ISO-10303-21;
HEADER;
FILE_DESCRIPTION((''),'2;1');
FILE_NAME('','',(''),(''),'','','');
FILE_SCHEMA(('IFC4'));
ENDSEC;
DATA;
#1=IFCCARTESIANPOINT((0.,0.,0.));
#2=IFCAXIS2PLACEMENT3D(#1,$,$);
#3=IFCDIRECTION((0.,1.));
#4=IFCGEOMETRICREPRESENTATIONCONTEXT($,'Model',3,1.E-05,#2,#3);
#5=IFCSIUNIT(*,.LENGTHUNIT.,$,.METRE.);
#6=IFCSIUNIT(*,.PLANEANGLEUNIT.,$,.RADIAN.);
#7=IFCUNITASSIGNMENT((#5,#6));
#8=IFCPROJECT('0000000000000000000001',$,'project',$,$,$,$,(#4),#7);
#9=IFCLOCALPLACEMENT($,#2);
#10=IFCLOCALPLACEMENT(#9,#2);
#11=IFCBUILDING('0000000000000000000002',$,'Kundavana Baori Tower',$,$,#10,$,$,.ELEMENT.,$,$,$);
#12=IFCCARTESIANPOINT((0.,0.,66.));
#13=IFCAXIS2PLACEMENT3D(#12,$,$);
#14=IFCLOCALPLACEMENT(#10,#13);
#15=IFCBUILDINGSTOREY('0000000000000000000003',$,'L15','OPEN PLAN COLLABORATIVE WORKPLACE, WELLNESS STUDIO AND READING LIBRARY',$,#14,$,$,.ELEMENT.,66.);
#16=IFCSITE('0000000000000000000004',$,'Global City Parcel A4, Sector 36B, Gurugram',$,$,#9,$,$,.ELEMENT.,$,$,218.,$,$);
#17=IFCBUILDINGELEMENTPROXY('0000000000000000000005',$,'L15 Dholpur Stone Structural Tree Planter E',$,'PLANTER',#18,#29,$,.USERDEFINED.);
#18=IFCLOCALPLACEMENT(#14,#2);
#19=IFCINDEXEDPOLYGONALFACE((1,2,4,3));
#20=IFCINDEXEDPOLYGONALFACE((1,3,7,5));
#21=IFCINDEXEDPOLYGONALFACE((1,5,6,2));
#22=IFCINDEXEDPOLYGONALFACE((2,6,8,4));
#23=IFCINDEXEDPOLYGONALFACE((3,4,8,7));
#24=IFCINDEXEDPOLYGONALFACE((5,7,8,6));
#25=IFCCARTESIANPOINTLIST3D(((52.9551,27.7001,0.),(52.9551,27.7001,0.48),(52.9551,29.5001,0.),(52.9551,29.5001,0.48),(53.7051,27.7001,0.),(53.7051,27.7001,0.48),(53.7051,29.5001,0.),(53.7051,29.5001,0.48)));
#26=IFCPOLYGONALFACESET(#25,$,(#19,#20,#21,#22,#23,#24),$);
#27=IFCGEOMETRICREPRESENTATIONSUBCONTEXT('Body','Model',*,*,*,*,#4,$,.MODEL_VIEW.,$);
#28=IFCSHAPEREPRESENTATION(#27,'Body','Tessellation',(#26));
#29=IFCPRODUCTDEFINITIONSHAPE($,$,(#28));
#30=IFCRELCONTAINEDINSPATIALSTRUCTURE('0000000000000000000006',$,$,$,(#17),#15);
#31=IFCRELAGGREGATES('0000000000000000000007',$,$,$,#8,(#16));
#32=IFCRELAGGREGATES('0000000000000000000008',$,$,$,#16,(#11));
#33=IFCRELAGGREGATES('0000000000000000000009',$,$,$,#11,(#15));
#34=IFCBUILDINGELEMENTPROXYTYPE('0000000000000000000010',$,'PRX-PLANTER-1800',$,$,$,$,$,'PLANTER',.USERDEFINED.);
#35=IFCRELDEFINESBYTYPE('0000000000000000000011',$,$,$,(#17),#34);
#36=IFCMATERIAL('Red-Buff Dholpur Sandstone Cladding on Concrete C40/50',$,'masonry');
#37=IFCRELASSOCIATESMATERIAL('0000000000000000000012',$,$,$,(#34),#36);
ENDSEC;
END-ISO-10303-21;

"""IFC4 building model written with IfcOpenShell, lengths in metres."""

from ifc_helpers import new_model, si_unit, direction, frame, origin, origin_2d, place, context, subcontext, project, spatial, rectangle, extrude, material, type_object, element, save


model = new_model("IFC4")

# Units and contexts
model_context = context("Model", 3, precision=1e-05, world=origin(), true_north=direction((0.0, 1.0)))
body_context = subcontext(model_context, "Body", "Model", "MODEL_VIEW")
ifc_project = project(units=[si_unit("LENGTHUNIT", "METRE"), si_unit("PLANEANGLEUNIT", "RADIAN")], contexts=[model_context])

# Site, building, storey
site_placement = place(None, origin())
site = spatial("IfcSite", under=ifc_project, at=site_placement, Name="Global City Parcel A4, Sector 36B, Gurugram", CompositionType="ELEMENT", RefElevation=218.0)
building_placement = place(site_placement, origin())
building = spatial("IfcBuilding", under=site, at=building_placement, Name="Kundavana Baori Tower", CompositionType="ELEMENT")
storey_placement = place(building_placement, frame((0.0, 0.0, 66.0)))
storey = spatial("IfcBuildingStorey", under=building, at=storey_placement, Name="L15", Description="OPEN PLAN COLLABORATIVE WORKPLACE, WELLNESS STUDIO AND READING LIBRARY", CompositionType="ELEMENT", Elevation=66.0)

# Building element proxy
ifc_material_1 = material(Name="Red-Buff Dholpur Sandstone Cladding on Concrete C40/50", Category="masonry")
building_element_proxy_type = type_object("IfcBuildingElementProxyType", Name="PRX-PLANTER-1800", ElementType="PLANTER", PredefinedType="USERDEFINED", material=ifc_material_1)
proxy_placement = place(storey_placement, frame((53.3301, 28.6001, 0.0), z_axis=(0.0, 0.0, 1.0), x_axis=(0.0, 1.0, 0.0)))
element("IfcBuildingElementProxy", 1, at=proxy_placement, inside=storey, type_object=building_element_proxy_type, Name="L15 Dholpur Stone Structural Tree Planter E", ObjectType="PLANTER", PredefinedType="USERDEFINED", context=body_context, shape_type="SweptSolid", body=[
    extrude(rectangle(XDim=1.8, YDim=0.75, at=origin_2d()), origin(), (0.0, 0.0, 1.0), 0.48),
])

save(model, "model.ifc")
